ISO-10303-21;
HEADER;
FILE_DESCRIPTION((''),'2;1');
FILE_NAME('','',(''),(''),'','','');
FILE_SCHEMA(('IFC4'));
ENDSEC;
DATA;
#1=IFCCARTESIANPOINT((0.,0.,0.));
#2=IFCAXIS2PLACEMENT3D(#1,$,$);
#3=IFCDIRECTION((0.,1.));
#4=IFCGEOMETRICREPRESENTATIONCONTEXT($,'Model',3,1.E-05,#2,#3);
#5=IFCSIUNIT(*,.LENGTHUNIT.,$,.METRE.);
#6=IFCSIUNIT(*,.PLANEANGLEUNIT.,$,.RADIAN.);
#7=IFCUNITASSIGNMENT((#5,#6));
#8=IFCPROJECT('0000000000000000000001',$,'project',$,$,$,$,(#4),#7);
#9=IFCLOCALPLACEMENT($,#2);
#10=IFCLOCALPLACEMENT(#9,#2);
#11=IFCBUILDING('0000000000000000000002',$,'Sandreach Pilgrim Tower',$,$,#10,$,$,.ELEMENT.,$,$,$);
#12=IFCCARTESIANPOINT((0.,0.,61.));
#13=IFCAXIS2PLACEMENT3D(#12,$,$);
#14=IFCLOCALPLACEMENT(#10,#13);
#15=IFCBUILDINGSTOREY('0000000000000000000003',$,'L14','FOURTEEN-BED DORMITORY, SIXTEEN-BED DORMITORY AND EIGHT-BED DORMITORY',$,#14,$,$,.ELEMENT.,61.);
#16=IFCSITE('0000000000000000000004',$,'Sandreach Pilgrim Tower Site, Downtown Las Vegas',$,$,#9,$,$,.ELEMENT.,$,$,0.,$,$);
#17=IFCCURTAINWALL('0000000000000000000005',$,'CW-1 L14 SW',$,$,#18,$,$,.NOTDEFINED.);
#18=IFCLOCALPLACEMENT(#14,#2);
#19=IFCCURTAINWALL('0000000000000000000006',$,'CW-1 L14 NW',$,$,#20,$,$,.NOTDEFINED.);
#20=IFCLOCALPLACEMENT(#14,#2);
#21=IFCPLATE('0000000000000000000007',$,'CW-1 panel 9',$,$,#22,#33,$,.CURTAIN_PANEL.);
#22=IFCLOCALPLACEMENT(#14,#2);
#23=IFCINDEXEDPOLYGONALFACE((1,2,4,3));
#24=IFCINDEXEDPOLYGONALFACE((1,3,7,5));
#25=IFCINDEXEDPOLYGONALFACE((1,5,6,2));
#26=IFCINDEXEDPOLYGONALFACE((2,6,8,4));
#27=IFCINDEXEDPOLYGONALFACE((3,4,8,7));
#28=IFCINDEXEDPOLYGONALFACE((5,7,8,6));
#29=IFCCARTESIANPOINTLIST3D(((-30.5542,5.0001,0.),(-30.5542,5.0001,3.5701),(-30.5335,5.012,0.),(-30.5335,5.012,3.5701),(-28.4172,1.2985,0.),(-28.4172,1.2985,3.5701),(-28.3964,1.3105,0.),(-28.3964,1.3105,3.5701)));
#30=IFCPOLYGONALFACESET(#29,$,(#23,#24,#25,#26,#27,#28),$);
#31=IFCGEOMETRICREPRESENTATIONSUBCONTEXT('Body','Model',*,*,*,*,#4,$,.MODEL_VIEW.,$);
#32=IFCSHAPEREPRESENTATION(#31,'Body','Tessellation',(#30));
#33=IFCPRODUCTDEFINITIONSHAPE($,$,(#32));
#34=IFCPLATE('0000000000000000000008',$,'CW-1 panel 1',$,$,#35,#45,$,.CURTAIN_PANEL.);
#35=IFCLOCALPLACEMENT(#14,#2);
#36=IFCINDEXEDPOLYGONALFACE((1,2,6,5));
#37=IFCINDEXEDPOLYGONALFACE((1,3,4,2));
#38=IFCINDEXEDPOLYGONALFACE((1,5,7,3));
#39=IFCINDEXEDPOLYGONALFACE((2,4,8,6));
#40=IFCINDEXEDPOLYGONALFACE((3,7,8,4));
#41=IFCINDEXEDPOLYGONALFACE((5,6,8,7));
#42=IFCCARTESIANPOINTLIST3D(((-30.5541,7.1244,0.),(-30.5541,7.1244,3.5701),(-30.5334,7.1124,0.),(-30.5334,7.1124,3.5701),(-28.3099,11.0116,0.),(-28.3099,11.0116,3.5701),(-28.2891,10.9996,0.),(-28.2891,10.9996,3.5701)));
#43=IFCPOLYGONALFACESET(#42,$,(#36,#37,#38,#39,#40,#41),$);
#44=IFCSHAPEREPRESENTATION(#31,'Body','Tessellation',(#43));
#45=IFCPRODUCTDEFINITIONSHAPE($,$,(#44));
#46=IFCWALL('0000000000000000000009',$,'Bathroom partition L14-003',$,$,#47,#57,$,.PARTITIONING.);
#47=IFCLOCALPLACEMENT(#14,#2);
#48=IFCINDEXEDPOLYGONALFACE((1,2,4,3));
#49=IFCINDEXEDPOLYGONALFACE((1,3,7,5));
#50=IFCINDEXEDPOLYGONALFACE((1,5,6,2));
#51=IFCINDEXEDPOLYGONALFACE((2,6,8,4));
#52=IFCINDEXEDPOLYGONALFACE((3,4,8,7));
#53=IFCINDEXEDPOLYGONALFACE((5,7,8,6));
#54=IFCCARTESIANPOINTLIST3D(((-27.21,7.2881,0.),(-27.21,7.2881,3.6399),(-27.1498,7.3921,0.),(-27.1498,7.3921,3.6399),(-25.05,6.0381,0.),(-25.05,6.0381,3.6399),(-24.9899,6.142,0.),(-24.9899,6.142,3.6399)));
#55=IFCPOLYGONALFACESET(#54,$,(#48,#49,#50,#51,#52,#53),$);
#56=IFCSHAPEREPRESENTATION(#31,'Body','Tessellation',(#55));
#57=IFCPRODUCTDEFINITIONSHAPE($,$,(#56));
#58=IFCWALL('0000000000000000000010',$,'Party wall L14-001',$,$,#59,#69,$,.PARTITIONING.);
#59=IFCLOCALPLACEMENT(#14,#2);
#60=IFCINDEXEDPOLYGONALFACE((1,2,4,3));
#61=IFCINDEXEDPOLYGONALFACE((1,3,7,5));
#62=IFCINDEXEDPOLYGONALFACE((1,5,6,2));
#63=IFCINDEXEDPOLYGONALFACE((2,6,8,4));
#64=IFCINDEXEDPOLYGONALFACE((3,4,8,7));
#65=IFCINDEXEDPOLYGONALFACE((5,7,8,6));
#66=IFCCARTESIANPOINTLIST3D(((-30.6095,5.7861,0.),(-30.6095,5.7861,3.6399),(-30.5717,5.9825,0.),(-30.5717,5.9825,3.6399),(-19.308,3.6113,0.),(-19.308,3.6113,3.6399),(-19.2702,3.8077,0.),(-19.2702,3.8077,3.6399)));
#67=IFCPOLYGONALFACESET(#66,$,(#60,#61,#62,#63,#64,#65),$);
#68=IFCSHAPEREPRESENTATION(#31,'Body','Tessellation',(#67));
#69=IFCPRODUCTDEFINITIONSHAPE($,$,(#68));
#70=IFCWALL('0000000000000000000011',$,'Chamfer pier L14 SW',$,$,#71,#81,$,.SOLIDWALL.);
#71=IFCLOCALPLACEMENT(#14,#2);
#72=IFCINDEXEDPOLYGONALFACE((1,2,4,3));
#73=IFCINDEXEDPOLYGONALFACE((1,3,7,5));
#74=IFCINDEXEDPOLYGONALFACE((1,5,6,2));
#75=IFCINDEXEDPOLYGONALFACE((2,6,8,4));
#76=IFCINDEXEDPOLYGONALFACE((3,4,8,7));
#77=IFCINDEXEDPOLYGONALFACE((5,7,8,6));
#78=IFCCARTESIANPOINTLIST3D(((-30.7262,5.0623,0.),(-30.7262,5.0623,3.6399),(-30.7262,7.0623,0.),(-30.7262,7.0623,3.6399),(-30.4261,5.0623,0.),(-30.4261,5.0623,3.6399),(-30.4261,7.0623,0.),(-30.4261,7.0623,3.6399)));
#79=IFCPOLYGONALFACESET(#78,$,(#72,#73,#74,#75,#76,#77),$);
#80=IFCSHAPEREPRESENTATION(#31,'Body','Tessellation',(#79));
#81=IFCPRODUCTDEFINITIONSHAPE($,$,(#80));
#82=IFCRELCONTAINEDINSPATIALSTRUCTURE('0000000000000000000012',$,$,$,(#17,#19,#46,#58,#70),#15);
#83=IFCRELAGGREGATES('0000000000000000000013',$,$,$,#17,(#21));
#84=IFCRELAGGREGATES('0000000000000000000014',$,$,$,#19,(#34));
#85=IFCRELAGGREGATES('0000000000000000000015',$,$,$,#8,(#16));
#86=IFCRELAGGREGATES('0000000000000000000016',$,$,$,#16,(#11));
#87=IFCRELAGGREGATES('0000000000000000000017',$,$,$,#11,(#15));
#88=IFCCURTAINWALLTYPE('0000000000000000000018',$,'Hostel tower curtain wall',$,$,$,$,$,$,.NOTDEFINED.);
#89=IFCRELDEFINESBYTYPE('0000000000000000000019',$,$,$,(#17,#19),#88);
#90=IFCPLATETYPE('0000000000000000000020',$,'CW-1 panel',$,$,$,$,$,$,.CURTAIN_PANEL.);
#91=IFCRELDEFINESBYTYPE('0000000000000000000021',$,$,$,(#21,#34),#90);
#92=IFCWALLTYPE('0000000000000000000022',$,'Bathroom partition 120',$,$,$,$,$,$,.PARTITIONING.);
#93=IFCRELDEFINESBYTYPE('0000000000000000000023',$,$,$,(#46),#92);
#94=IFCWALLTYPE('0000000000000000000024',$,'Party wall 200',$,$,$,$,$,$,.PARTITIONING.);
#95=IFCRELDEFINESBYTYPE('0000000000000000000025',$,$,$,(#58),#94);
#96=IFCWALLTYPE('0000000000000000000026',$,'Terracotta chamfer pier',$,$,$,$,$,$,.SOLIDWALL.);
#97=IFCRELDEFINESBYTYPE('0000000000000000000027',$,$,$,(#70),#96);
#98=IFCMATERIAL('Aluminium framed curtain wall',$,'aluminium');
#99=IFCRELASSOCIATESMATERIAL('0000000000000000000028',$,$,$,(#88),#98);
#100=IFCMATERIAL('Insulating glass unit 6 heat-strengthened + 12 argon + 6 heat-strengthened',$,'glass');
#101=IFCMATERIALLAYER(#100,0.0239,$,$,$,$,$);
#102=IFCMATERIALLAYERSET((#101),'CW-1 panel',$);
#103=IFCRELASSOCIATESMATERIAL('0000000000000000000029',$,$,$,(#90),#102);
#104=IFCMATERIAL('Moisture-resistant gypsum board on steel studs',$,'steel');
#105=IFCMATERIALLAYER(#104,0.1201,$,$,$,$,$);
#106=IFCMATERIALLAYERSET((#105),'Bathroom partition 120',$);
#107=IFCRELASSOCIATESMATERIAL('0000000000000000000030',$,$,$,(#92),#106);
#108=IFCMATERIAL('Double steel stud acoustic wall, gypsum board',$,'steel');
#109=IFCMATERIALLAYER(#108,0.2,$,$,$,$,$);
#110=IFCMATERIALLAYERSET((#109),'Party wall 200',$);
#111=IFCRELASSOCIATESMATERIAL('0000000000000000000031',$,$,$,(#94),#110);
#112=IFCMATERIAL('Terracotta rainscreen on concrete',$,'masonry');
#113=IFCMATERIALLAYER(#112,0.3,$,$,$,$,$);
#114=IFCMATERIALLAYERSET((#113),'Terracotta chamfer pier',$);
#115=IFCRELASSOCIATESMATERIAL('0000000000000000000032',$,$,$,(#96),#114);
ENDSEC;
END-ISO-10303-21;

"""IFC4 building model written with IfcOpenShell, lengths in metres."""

from ifc_helpers import new_model, si_unit, direction, frame, frame_2d, origin, origin_2d, place, context, subcontext, project, spatial, rectangle, extrude, material, layer, layer_set, type_object, element, aggregate, save


model = new_model("IFC4")

# Units and contexts
model_context = context("Model", 3, precision=1e-05, world=origin(), true_north=direction((0.0, 1.0)))
body_context = subcontext(model_context, "Body", "Model", "MODEL_VIEW")
ifc_project = project(units=[si_unit("LENGTHUNIT", "METRE"), si_unit("PLANEANGLEUNIT", "RADIAN")], contexts=[model_context])

# Site, building, storey
site_placement = place(None, origin())
site = spatial("IfcSite", under=ifc_project, at=site_placement, Name="Sandreach Pilgrim Tower Site, Downtown Las Vegas", CompositionType="ELEMENT", RefElevation=0.0)
building_placement = place(site_placement, origin())
building = spatial("IfcBuilding", under=site, at=building_placement, Name="Sandreach Pilgrim Tower", CompositionType="ELEMENT")
storey_placement = place(building_placement, frame((0.0, 0.0, 61.0)))
storey = spatial("IfcBuildingStorey", under=building, at=storey_placement, Name="L14", Description="FOURTEEN-BED DORMITORY, SIXTEEN-BED DORMITORY AND EIGHT-BED DORMITORY", CompositionType="ELEMENT", Elevation=61.0)

# Curtain wall
ifc_material_1 = material(Name="Aluminium framed curtain wall", Category="aluminium")
curtain_wall_type = type_object("IfcCurtainWallType", Name="Hostel tower curtain wall", PredefinedType="NOTDEFINED", material=ifc_material_1)
curtain_wall_1_placement = place(storey_placement, origin())
curtain_wall_1 = element("IfcCurtainWall", 1, at=curtain_wall_1_placement, inside=storey, type_object=curtain_wall_type, Name="CW-1 L14 SW", PredefinedType="NOTDEFINED")

# Curtain wall
curtain_wall_2_placement = place(storey_placement, origin())
curtain_wall_2 = element("IfcCurtainWall", 2, at=curtain_wall_2_placement, inside=storey, type_object=curtain_wall_type, Name="CW-1 L14 NW", PredefinedType="NOTDEFINED")

# Plates
ifc_material_2 = material(Name="Insulating glass unit 6 heat-strengthened + 12 argon + 6 heat-strengthened", Category="glass")
ifc_layer_1 = layer(ifc_material_2, 0.0239)
ifc_layer_set_1 = layer_set([ifc_layer_1], Name="CW-1 panel")
plate_type = type_object("IfcPlateType", Name="CW-1 panel", PredefinedType="CURTAIN_PANEL", material=ifc_layer_set_1)
plate_1_placement = place(storey_placement, frame((-29.4753, 3.1553, 0.0), z_axis=(0.0, 0.0, 1.0), x_axis=(-0.5, 0.866025, 0.0)))
plate_1 = element("IfcPlate", 3, at=plate_1_placement, type_object=plate_type, Name="CW-1 panel 9", PredefinedType="CURTAIN_PANEL", context=body_context, shape_type="SweptSolid", body=[
    extrude(rectangle(XDim=4.2742, YDim=0.0239, at=origin_2d()), origin(), (0.0, 0.0, 1.0), 3.5701),
])
aggregate(curtain_wall_1, [plate_1])
plate_2_placement = place(storey_placement, frame((-29.4216, 9.062, 0.0), z_axis=(0.0, 0.0, 1.0), x_axis=(0.5, 0.866025, 0.0)))
plate_2 = element("IfcPlate", 4, at=plate_2_placement, type_object=plate_type, Name="CW-1 panel 1", PredefinedType="CURTAIN_PANEL", context=body_context, shape_type="SweptSolid", body=[
    extrude(rectangle(XDim=4.4885, YDim=0.0239, at=origin_2d()), origin(), (0.0, 0.0, 1.0), 3.5701),
])
aggregate(curtain_wall_2, [plate_2])

# Walls
ifc_material_3 = material(Name="Moisture-resistant gypsum board on steel studs", Category="steel")
ifc_layer_2 = layer(ifc_material_3, 0.1201)
ifc_layer_set_2 = layer_set([ifc_layer_2], Name="Bathroom partition 120")
wall_type_1 = type_object("IfcWallType", Name="Bathroom partition 120", PredefinedType="PARTITIONING", material=ifc_layer_set_2)
wall_1_placement = place(storey_placement, frame((-27.1799, 7.3401, 0.0), z_axis=(0.0, 0.0, 1.0), x_axis=(0.865509, -0.500894, 0.0)))
element("IfcWall", 5, at=wall_1_placement, inside=storey, type_object=wall_type_1, Name="Bathroom partition L14-003", PredefinedType="PARTITIONING", context=body_context, shape_type="SweptSolid", body=[
    extrude(rectangle(XDim=2.4956, YDim=0.1201, at=frame_2d((1.2478, 0.0))), origin(), (0.0, 0.0, 1.0), 3.6399),
])
ifc_material_4 = material(Name="Double steel stud acoustic wall, gypsum board", Category="steel")
ifc_layer_3 = layer(ifc_material_4, 0.2)
ifc_layer_set_3 = layer_set([ifc_layer_3], Name="Party wall 200")
wall_type_2 = type_object("IfcWallType", Name="Party wall 200", PredefinedType="PARTITIONING", material=ifc_layer_set_3)
wall_2_placement = place(storey_placement, frame((-30.5906, 5.8843, 0.0), z_axis=(0.0, 0.0, 1.0), x_axis=(0.981983, -0.188968, 0.0)))
element("IfcWall", 6, at=wall_2_placement, inside=storey, type_object=wall_type_2, Name="Party wall L14-001", PredefinedType="PARTITIONING", context=body_context, shape_type="SweptSolid", body=[
    extrude(rectangle(XDim=11.5088, YDim=0.2, at=frame_2d((5.7544, 0.0))), origin(), (0.0, 0.0, 1.0), 3.6399),
])
ifc_material_5 = material(Name="Terracotta rainscreen on concrete", Category="masonry")
ifc_layer_4 = layer(ifc_material_5, 0.3)
ifc_layer_set_4 = layer_set([ifc_layer_4], Name="Terracotta chamfer pier")
wall_type_3 = type_object("IfcWallType", Name="Terracotta chamfer pier", PredefinedType="SOLIDWALL", material=ifc_layer_set_4)
wall_3_placement = place(storey_placement, frame((-30.5762, 5.0623, 0.0), z_axis=(0.0, 0.0, 1.0), x_axis=(0.0, 1.0, 0.0)))
element("IfcWall", 7, at=wall_3_placement, inside=storey, type_object=wall_type_3, Name="Chamfer pier L14 SW", PredefinedType="SOLIDWALL", context=body_context, shape_type="SweptSolid", body=[
    extrude(rectangle(XDim=2.0, YDim=0.3, at=frame_2d((1.0, 0.0))), origin(), (0.0, 0.0, 1.0), 3.6399),
])

save(model, "model.ifc")
